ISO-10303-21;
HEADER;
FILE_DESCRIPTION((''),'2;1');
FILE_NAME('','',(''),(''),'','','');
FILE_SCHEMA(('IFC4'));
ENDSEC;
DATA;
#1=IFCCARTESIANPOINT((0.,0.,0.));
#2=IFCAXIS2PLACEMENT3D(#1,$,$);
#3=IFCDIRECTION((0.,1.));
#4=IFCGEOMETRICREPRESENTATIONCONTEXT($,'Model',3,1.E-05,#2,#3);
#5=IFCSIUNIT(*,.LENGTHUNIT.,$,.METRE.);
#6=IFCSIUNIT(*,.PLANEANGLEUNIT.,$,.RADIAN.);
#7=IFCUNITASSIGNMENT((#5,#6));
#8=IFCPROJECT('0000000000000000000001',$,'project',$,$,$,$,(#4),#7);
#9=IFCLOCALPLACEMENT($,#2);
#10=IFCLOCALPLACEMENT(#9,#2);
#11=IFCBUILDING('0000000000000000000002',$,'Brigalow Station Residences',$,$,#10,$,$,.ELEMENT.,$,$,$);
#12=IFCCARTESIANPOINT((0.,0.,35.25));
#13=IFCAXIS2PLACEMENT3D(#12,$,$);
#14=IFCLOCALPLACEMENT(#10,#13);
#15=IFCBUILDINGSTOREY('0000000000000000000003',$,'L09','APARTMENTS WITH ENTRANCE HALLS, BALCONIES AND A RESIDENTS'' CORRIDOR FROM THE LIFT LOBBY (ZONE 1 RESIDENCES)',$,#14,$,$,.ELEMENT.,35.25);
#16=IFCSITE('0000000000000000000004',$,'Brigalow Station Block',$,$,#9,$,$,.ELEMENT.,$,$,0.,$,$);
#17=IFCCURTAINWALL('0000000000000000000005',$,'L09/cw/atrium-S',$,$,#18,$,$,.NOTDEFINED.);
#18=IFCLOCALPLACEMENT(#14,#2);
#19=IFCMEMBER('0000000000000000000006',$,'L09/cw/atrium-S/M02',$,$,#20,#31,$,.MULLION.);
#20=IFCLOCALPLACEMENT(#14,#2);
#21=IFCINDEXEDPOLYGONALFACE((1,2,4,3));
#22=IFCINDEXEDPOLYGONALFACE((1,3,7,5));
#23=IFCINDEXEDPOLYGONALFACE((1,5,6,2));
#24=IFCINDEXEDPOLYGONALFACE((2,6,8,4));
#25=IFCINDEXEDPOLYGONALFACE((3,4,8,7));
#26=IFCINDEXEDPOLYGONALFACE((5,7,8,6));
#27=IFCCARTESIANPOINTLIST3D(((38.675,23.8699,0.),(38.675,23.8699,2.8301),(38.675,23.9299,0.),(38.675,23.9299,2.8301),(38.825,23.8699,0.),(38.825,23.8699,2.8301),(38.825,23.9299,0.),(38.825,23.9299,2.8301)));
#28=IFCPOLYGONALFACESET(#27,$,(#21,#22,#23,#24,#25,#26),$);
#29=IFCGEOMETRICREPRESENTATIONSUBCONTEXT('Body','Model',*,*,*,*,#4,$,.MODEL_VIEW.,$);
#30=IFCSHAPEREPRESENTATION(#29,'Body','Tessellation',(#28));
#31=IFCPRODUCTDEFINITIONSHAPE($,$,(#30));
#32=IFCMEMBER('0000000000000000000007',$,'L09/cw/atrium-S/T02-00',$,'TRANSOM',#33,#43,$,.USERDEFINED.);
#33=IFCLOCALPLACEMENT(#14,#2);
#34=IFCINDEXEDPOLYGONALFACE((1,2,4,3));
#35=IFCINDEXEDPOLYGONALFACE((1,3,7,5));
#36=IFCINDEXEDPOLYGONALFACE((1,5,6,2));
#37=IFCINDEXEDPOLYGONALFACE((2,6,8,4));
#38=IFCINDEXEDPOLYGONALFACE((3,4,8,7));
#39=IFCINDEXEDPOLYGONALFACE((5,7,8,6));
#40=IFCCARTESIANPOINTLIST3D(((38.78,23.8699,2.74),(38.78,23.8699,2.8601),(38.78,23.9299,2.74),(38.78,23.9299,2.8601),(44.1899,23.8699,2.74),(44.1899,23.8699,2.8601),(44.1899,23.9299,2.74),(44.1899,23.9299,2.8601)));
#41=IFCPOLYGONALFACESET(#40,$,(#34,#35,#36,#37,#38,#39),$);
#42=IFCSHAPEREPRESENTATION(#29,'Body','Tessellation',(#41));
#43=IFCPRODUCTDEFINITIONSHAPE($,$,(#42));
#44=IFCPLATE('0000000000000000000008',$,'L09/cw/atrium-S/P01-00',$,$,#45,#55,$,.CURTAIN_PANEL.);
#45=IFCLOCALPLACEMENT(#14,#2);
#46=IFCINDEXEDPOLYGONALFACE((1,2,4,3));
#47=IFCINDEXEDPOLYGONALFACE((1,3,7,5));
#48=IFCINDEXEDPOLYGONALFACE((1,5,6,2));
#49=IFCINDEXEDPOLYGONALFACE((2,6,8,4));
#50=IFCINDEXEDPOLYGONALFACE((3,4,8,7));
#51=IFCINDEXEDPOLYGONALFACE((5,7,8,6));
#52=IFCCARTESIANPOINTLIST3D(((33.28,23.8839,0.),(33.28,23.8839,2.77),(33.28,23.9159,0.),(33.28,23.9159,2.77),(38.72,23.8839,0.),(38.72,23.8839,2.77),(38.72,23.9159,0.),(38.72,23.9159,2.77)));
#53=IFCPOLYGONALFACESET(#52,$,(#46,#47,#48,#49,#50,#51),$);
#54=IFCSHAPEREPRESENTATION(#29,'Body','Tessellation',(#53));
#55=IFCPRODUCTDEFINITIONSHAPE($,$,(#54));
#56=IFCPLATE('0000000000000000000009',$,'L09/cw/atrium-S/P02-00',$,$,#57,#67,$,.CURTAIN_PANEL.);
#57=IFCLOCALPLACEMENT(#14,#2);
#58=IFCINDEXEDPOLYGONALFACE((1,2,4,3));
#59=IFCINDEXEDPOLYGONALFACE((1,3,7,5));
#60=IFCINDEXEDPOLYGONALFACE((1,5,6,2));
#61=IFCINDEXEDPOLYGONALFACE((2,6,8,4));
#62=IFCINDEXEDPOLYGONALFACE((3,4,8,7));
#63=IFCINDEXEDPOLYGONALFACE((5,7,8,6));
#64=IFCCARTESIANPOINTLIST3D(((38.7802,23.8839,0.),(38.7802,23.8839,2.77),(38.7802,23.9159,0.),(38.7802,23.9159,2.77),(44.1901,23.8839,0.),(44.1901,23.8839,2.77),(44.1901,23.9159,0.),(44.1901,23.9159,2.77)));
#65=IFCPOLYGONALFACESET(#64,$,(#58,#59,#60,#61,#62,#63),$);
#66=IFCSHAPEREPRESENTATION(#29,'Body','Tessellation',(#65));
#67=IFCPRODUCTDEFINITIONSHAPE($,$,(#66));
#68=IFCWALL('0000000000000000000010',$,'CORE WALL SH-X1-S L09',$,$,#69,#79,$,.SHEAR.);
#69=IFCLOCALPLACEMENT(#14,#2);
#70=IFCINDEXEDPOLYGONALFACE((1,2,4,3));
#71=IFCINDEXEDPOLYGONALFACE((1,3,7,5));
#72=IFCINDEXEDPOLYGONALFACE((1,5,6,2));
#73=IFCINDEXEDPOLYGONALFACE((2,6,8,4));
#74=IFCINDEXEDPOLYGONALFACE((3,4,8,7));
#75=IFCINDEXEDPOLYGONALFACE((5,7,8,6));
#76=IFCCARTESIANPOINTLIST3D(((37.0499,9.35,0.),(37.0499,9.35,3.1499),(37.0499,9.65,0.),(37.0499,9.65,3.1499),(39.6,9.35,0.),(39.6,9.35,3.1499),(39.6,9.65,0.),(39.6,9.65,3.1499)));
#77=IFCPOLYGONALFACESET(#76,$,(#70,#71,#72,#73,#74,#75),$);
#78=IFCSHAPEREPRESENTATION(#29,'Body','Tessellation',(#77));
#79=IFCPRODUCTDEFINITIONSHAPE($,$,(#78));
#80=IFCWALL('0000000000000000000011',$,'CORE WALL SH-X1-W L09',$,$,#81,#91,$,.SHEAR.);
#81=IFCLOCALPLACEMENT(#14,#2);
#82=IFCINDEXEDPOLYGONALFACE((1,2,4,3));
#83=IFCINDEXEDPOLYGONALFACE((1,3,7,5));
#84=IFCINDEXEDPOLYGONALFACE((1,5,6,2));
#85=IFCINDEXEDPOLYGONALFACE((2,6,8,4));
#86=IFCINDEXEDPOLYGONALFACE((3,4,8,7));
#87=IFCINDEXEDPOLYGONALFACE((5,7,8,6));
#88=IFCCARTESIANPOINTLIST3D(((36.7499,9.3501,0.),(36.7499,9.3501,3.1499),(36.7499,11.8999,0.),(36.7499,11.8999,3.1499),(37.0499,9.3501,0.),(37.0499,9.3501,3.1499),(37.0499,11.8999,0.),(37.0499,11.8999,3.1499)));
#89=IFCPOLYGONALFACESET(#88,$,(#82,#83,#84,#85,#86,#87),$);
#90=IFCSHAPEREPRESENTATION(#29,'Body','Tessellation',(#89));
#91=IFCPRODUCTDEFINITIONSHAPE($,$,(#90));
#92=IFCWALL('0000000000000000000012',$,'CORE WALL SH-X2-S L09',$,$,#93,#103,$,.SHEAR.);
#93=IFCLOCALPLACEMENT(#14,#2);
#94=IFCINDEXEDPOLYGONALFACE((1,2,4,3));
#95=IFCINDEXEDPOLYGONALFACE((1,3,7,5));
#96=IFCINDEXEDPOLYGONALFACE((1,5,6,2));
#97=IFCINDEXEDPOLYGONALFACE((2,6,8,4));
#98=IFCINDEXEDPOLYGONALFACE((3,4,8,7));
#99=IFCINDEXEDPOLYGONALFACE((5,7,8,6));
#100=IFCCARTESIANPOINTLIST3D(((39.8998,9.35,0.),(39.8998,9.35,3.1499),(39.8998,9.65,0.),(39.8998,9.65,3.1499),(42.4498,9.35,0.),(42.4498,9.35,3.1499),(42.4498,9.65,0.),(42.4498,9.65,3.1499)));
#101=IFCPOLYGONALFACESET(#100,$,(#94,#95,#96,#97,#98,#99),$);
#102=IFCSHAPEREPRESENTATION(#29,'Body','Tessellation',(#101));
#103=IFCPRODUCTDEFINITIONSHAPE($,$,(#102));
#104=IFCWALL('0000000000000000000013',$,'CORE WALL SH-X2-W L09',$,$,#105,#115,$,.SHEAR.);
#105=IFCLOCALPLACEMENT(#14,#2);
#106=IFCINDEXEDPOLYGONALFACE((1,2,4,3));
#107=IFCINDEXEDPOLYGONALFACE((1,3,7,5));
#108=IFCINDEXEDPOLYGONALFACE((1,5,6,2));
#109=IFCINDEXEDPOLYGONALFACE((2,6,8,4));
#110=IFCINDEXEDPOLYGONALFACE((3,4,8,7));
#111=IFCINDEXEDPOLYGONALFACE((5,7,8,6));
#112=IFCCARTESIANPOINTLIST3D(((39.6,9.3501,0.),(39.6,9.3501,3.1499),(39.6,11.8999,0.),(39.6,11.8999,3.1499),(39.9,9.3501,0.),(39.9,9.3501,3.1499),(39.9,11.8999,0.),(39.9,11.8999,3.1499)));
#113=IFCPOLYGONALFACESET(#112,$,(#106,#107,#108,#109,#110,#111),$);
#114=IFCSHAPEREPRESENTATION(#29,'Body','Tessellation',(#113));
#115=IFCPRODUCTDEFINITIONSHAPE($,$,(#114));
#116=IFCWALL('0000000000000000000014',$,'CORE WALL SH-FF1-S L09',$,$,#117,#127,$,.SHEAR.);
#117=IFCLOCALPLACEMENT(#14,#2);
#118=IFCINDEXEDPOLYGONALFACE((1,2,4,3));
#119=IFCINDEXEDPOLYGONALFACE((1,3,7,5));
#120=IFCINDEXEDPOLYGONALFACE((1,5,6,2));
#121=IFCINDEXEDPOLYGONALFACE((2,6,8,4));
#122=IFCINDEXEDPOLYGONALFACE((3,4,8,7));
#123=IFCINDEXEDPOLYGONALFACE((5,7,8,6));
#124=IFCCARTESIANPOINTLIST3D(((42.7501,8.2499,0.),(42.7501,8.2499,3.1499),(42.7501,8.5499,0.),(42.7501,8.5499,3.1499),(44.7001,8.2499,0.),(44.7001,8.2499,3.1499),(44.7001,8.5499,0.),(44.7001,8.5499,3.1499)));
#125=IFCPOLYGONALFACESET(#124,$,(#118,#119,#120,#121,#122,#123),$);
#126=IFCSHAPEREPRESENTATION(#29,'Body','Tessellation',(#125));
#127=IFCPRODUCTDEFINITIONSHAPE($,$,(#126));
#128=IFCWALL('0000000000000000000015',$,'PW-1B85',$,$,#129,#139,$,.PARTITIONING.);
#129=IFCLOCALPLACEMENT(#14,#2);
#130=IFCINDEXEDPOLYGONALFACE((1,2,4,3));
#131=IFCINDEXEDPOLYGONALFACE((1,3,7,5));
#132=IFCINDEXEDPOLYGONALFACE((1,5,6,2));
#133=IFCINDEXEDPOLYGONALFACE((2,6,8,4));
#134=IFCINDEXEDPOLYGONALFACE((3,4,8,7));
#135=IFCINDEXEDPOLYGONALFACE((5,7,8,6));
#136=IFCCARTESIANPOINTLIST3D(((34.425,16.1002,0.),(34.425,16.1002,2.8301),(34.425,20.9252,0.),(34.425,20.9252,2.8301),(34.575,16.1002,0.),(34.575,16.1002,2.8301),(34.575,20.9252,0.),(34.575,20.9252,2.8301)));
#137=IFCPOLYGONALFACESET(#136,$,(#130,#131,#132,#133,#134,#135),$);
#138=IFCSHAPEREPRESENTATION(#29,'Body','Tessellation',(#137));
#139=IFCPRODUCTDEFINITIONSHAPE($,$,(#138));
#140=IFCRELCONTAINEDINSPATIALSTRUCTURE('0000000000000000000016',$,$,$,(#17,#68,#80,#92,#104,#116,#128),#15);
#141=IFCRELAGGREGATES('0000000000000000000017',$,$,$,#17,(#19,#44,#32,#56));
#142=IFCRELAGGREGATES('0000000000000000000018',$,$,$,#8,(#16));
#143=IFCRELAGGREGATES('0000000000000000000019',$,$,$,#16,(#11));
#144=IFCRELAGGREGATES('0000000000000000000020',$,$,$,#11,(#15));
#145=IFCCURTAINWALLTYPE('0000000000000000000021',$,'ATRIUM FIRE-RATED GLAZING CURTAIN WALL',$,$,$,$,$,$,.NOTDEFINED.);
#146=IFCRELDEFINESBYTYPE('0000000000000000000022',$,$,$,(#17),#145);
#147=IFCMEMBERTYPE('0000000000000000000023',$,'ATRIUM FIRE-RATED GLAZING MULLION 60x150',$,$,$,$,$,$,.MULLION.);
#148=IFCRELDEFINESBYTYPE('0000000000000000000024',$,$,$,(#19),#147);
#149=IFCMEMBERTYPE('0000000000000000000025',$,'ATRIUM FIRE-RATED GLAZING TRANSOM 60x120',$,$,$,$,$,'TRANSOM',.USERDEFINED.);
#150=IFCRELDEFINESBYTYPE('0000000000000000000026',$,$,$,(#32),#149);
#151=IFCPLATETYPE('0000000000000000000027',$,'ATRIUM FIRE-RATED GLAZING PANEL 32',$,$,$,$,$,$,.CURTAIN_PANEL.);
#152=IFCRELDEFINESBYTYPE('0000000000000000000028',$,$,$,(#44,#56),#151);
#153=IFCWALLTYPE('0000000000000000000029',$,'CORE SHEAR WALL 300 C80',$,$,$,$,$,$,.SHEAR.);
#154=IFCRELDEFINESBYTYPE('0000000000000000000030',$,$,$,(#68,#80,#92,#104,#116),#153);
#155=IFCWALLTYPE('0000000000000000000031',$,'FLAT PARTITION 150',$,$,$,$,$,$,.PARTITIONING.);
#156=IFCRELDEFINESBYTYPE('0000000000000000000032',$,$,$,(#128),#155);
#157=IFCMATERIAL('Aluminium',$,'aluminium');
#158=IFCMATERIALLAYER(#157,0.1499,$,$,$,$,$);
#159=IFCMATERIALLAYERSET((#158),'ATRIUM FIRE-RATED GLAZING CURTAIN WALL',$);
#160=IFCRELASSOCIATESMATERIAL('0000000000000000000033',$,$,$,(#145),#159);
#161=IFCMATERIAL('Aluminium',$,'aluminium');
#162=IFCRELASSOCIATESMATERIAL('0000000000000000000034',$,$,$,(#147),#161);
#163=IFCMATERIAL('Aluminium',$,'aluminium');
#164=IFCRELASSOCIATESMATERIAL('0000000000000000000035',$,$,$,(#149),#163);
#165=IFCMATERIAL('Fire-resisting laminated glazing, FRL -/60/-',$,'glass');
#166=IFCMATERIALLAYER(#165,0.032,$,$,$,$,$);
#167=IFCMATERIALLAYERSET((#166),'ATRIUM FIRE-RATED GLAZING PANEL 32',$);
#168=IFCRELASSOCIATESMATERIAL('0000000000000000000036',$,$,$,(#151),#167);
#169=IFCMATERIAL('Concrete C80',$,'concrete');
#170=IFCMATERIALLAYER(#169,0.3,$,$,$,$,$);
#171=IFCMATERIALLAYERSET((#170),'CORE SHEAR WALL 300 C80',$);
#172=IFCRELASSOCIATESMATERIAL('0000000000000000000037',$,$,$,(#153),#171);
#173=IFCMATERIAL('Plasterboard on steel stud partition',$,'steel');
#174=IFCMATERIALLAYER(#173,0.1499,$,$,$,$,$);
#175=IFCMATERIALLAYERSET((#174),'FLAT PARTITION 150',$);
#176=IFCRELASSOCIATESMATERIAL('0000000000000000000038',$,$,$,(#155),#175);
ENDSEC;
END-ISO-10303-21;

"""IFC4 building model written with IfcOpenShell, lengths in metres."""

from ifc_helpers import new_model, si_unit, direction, frame, frame_2d, origin, origin_2d, place, context, subcontext, project, spatial, rectangle, extrude, material, layer, layer_set, material_profile, profile_set, type_object, element, aggregate, save


model = new_model("IFC4")

# Units and contexts
model_context = context("Model", 3, precision=1e-05, world=origin(), true_north=direction((0.0, 1.0)))
body_context = subcontext(model_context, "Body", "Model", "MODEL_VIEW")
ifc_project = project(units=[si_unit("LENGTHUNIT", "METRE"), si_unit("PLANEANGLEUNIT", "RADIAN")], contexts=[model_context])

# Site, building, storey
site_placement = place(None, origin())
site = spatial("IfcSite", under=ifc_project, at=site_placement, Name="Brigalow Station Block", CompositionType="ELEMENT", RefElevation=0.0)
building_placement = place(site_placement, origin())
building = spatial("IfcBuilding", under=site, at=building_placement, Name="Brigalow Station Residences", CompositionType="ELEMENT")
storey_placement = place(building_placement, frame((0.0, 0.0, 35.25)))
storey = spatial("IfcBuildingStorey", under=building, at=storey_placement, Name="L09", Description="APARTMENTS WITH ENTRANCE HALLS, BALCONIES AND A RESIDENTS' CORRIDOR FROM THE LIFT LOBBY (ZONE 1 RESIDENCES)", CompositionType="ELEMENT", Elevation=35.25)

# Curtain wall, members, plates
ifc_material_1 = material(Name="Aluminium", Category="aluminium")
ifc_layer_1 = layer(ifc_material_1, 0.1499)
ifc_layer_set_1 = layer_set([ifc_layer_1], Name="ATRIUM FIRE-RATED GLAZING CURTAIN WALL")
curtain_wall_type = type_object("IfcCurtainWallType", Name="ATRIUM FIRE-RATED GLAZING CURTAIN WALL", PredefinedType="NOTDEFINED", material=ifc_layer_set_1)
curtain_wall_placement = place(storey_placement, origin())
curtain_wall = element("IfcCurtainWall", 1, at=curtain_wall_placement, inside=storey, type_object=curtain_wall_type, Name="L09/cw/atrium-S", PredefinedType="NOTDEFINED")
ifc_material_2 = material(Name="Aluminium", Category="aluminium")
ifc_material_profile_1 = material_profile(ifc_material_2, rectangle(XDim=0.0601, YDim=0.1499, at=origin_2d()), Name="ATRIUM FIRE-RATED GLAZING MULLION 60x150")
ifc_profile_set_1 = profile_set([ifc_material_profile_1], Name="Aluminium")
member_type_1 = type_object("IfcMemberType", Name="ATRIUM FIRE-RATED GLAZING MULLION 60x150", PredefinedType="MULLION", material=ifc_profile_set_1)
member_1_placement = place(storey_placement, frame((38.75, 23.8999, 0.0), z_axis=(0.0, 0.0, 1.0), x_axis=(0.0, 1.0, 0.0)))
member_1 = element("IfcMember", 2, at=member_1_placement, type_object=member_type_1, Name="L09/cw/atrium-S/M02", PredefinedType="MULLION", context=body_context, shape_type="SweptSolid", body=[
    extrude(rectangle(XDim=0.0601, YDim=0.1499, at=origin_2d()), origin(), (0.0, 0.0, 1.0), 2.8301),
])
ifc_material_3 = material(Name="Aluminium", Category="aluminium")
ifc_material_profile_2 = material_profile(ifc_material_3, rectangle(XDim=0.0601, YDim=0.1201, at=origin_2d()), Name="ATRIUM FIRE-RATED GLAZING TRANSOM 60x120")
ifc_profile_set_2 = profile_set([ifc_material_profile_2], Name="Aluminium")
member_type_2 = type_object("IfcMemberType", Name="ATRIUM FIRE-RATED GLAZING TRANSOM 60x120", ElementType="TRANSOM", PredefinedType="USERDEFINED", material=ifc_profile_set_2)
member_2_placement = place(storey_placement, frame((38.78, 23.8999, 2.8), z_axis=(1.0, 0.0, 0.0), x_axis=(0.0, 1.0, 0.0)))
member_2 = element("IfcMember", 3, at=member_2_placement, type_object=member_type_2, Name="L09/cw/atrium-S/T02-00", ObjectType="TRANSOM", PredefinedType="USERDEFINED", context=body_context, shape_type="SweptSolid", body=[
    extrude(rectangle(XDim=0.0601, YDim=0.1201, at=origin_2d()), origin(), (0.0, 0.0, 1.0), 5.4099),
])
ifc_material_4 = material(Name="Fire-resisting laminated glazing, FRL -/60/-", Category="glass")
ifc_layer_2 = layer(ifc_material_4, 0.032)
ifc_layer_set_2 = layer_set([ifc_layer_2], Name="ATRIUM FIRE-RATED GLAZING PANEL 32")
plate_type = type_object("IfcPlateType", Name="ATRIUM FIRE-RATED GLAZING PANEL 32", PredefinedType="CURTAIN_PANEL", material=ifc_layer_set_2)
plate_1_placement = place(storey_placement, frame((36.0, 23.8999, 0.0), z_axis=(0.0, 0.0, 1.0), x_axis=(1.0, 0.0, 0.0)))
plate_1 = element("IfcPlate", 4, at=plate_1_placement, type_object=plate_type, Name="L09/cw/atrium-S/P01-00", PredefinedType="CURTAIN_PANEL", context=body_context, shape_type="SweptSolid", body=[
    extrude(rectangle(XDim=5.4399, YDim=0.032, at=origin_2d()), origin(), (0.0, 0.0, 1.0), 2.77),
])
plate_2_placement = place(storey_placement, frame((41.4851, 23.8999, 0.0), z_axis=(0.0, 0.0, 1.0), x_axis=(1.0, 0.0, 0.0)))
plate_2 = element("IfcPlate", 5, at=plate_2_placement, type_object=plate_type, Name="L09/cw/atrium-S/P02-00", PredefinedType="CURTAIN_PANEL", context=body_context, shape_type="SweptSolid", body=[
    extrude(rectangle(XDim=5.4099, YDim=0.032, at=origin_2d()), origin(), (0.0, 0.0, 1.0), 2.77),
])
aggregate(curtain_wall, [member_1, plate_1, member_2, plate_2])

# Walls
ifc_material_5 = material(Name="Concrete C80", Category="concrete")
ifc_layer_3 = layer(ifc_material_5, 0.3)
ifc_layer_set_3 = layer_set([ifc_layer_3], Name="CORE SHEAR WALL 300 C80")
wall_type_1 = type_object("IfcWallType", Name="CORE SHEAR WALL 300 C80", PredefinedType="SHEAR", material=ifc_layer_set_3)
wall_1_placement = place(storey_placement, frame((37.05, 9.5, 0.0), z_axis=(0.0, 0.0, 1.0), x_axis=(1.0, 0.0, 0.0)))
element("IfcWall", 6, at=wall_1_placement, inside=storey, type_object=wall_type_1, Name="CORE WALL SH-X1-S L09", PredefinedType="SHEAR", context=body_context, shape_type="SweptSolid", body=[
    extrude(rectangle(XDim=2.55, YDim=0.3, at=frame_2d((1.2749, 0.0))), origin(), (0.0, 0.0, 1.0), 3.1499),
])
wall_2_placement = place(storey_placement, frame((36.8999, 9.3501, 0.0), z_axis=(0.0, 0.0, 1.0), x_axis=(0.0, 1.0, 0.0)))
element("IfcWall", 7, at=wall_2_placement, inside=storey, type_object=wall_type_1, Name="CORE WALL SH-X1-W L09", PredefinedType="SHEAR", context=body_context, shape_type="SweptSolid", body=[
    extrude(rectangle(XDim=2.5498, YDim=0.3, at=frame_2d((1.2749, 0.0))), origin(), (0.0, 0.0, 1.0), 3.1499),
])
wall_3_placement = place(storey_placement, frame((39.8999, 9.5, 0.0), z_axis=(0.0, 0.0, 1.0), x_axis=(1.0, 0.0, 0.0)))
element("IfcWall", 8, at=wall_3_placement, inside=storey, type_object=wall_type_1, Name="CORE WALL SH-X2-S L09", PredefinedType="SHEAR", context=body_context, shape_type="SweptSolid", body=[
    extrude(rectangle(XDim=2.55, YDim=0.3, at=frame_2d((1.2749, 0.0))), origin(), (0.0, 0.0, 1.0), 3.1499),
])
wall_4_placement = place(storey_placement, frame((39.75, 9.3501, 0.0), z_axis=(0.0, 0.0, 1.0), x_axis=(0.0, 1.0, 0.0)))
element("IfcWall", 9, at=wall_4_placement, inside=storey, type_object=wall_type_1, Name="CORE WALL SH-X2-W L09", PredefinedType="SHEAR", context=body_context, shape_type="SweptSolid", body=[
    extrude(rectangle(XDim=2.5498, YDim=0.3, at=frame_2d((1.2749, 0.0))), origin(), (0.0, 0.0, 1.0), 3.1499),
])
wall_5_placement = place(storey_placement, frame((42.75, 8.3999, 0.0), z_axis=(0.0, 0.0, 1.0), x_axis=(1.0, 0.0, 0.0)))
element("IfcWall", 10, at=wall_5_placement, inside=storey, type_object=wall_type_1, Name="CORE WALL SH-FF1-S L09", PredefinedType="SHEAR", context=body_context, shape_type="SweptSolid", body=[
    extrude(rectangle(XDim=1.95, YDim=0.3, at=frame_2d((0.9751, 0.0))), origin(), (0.0, 0.0, 1.0), 3.1499),
])
ifc_material_6 = material(Name="Plasterboard on steel stud partition", Category="steel")
ifc_layer_4 = layer(ifc_material_6, 0.1499)
ifc_layer_set_4 = layer_set([ifc_layer_4], Name="FLAT PARTITION 150")
wall_type_2 = type_object("IfcWallType", Name="FLAT PARTITION 150", PredefinedType="PARTITIONING", material=ifc_layer_set_4)
wall_6_placement = place(storey_placement, frame((34.5, 16.1001, 0.0), z_axis=(0.0, 0.0, 1.0), x_axis=(0.0, 1.0, 0.0)))
element("IfcWall", 11, at=wall_6_placement, inside=storey, type_object=wall_type_2, Name="PW-1B85", PredefinedType="PARTITIONING", context=body_context, shape_type="SweptSolid", body=[
    extrude(rectangle(XDim=4.825, YDim=0.1499, at=frame_2d((2.4126, 0.0))), origin(), (0.0, 0.0, 1.0), 2.8301),
])

save(model, "model.ifc")
